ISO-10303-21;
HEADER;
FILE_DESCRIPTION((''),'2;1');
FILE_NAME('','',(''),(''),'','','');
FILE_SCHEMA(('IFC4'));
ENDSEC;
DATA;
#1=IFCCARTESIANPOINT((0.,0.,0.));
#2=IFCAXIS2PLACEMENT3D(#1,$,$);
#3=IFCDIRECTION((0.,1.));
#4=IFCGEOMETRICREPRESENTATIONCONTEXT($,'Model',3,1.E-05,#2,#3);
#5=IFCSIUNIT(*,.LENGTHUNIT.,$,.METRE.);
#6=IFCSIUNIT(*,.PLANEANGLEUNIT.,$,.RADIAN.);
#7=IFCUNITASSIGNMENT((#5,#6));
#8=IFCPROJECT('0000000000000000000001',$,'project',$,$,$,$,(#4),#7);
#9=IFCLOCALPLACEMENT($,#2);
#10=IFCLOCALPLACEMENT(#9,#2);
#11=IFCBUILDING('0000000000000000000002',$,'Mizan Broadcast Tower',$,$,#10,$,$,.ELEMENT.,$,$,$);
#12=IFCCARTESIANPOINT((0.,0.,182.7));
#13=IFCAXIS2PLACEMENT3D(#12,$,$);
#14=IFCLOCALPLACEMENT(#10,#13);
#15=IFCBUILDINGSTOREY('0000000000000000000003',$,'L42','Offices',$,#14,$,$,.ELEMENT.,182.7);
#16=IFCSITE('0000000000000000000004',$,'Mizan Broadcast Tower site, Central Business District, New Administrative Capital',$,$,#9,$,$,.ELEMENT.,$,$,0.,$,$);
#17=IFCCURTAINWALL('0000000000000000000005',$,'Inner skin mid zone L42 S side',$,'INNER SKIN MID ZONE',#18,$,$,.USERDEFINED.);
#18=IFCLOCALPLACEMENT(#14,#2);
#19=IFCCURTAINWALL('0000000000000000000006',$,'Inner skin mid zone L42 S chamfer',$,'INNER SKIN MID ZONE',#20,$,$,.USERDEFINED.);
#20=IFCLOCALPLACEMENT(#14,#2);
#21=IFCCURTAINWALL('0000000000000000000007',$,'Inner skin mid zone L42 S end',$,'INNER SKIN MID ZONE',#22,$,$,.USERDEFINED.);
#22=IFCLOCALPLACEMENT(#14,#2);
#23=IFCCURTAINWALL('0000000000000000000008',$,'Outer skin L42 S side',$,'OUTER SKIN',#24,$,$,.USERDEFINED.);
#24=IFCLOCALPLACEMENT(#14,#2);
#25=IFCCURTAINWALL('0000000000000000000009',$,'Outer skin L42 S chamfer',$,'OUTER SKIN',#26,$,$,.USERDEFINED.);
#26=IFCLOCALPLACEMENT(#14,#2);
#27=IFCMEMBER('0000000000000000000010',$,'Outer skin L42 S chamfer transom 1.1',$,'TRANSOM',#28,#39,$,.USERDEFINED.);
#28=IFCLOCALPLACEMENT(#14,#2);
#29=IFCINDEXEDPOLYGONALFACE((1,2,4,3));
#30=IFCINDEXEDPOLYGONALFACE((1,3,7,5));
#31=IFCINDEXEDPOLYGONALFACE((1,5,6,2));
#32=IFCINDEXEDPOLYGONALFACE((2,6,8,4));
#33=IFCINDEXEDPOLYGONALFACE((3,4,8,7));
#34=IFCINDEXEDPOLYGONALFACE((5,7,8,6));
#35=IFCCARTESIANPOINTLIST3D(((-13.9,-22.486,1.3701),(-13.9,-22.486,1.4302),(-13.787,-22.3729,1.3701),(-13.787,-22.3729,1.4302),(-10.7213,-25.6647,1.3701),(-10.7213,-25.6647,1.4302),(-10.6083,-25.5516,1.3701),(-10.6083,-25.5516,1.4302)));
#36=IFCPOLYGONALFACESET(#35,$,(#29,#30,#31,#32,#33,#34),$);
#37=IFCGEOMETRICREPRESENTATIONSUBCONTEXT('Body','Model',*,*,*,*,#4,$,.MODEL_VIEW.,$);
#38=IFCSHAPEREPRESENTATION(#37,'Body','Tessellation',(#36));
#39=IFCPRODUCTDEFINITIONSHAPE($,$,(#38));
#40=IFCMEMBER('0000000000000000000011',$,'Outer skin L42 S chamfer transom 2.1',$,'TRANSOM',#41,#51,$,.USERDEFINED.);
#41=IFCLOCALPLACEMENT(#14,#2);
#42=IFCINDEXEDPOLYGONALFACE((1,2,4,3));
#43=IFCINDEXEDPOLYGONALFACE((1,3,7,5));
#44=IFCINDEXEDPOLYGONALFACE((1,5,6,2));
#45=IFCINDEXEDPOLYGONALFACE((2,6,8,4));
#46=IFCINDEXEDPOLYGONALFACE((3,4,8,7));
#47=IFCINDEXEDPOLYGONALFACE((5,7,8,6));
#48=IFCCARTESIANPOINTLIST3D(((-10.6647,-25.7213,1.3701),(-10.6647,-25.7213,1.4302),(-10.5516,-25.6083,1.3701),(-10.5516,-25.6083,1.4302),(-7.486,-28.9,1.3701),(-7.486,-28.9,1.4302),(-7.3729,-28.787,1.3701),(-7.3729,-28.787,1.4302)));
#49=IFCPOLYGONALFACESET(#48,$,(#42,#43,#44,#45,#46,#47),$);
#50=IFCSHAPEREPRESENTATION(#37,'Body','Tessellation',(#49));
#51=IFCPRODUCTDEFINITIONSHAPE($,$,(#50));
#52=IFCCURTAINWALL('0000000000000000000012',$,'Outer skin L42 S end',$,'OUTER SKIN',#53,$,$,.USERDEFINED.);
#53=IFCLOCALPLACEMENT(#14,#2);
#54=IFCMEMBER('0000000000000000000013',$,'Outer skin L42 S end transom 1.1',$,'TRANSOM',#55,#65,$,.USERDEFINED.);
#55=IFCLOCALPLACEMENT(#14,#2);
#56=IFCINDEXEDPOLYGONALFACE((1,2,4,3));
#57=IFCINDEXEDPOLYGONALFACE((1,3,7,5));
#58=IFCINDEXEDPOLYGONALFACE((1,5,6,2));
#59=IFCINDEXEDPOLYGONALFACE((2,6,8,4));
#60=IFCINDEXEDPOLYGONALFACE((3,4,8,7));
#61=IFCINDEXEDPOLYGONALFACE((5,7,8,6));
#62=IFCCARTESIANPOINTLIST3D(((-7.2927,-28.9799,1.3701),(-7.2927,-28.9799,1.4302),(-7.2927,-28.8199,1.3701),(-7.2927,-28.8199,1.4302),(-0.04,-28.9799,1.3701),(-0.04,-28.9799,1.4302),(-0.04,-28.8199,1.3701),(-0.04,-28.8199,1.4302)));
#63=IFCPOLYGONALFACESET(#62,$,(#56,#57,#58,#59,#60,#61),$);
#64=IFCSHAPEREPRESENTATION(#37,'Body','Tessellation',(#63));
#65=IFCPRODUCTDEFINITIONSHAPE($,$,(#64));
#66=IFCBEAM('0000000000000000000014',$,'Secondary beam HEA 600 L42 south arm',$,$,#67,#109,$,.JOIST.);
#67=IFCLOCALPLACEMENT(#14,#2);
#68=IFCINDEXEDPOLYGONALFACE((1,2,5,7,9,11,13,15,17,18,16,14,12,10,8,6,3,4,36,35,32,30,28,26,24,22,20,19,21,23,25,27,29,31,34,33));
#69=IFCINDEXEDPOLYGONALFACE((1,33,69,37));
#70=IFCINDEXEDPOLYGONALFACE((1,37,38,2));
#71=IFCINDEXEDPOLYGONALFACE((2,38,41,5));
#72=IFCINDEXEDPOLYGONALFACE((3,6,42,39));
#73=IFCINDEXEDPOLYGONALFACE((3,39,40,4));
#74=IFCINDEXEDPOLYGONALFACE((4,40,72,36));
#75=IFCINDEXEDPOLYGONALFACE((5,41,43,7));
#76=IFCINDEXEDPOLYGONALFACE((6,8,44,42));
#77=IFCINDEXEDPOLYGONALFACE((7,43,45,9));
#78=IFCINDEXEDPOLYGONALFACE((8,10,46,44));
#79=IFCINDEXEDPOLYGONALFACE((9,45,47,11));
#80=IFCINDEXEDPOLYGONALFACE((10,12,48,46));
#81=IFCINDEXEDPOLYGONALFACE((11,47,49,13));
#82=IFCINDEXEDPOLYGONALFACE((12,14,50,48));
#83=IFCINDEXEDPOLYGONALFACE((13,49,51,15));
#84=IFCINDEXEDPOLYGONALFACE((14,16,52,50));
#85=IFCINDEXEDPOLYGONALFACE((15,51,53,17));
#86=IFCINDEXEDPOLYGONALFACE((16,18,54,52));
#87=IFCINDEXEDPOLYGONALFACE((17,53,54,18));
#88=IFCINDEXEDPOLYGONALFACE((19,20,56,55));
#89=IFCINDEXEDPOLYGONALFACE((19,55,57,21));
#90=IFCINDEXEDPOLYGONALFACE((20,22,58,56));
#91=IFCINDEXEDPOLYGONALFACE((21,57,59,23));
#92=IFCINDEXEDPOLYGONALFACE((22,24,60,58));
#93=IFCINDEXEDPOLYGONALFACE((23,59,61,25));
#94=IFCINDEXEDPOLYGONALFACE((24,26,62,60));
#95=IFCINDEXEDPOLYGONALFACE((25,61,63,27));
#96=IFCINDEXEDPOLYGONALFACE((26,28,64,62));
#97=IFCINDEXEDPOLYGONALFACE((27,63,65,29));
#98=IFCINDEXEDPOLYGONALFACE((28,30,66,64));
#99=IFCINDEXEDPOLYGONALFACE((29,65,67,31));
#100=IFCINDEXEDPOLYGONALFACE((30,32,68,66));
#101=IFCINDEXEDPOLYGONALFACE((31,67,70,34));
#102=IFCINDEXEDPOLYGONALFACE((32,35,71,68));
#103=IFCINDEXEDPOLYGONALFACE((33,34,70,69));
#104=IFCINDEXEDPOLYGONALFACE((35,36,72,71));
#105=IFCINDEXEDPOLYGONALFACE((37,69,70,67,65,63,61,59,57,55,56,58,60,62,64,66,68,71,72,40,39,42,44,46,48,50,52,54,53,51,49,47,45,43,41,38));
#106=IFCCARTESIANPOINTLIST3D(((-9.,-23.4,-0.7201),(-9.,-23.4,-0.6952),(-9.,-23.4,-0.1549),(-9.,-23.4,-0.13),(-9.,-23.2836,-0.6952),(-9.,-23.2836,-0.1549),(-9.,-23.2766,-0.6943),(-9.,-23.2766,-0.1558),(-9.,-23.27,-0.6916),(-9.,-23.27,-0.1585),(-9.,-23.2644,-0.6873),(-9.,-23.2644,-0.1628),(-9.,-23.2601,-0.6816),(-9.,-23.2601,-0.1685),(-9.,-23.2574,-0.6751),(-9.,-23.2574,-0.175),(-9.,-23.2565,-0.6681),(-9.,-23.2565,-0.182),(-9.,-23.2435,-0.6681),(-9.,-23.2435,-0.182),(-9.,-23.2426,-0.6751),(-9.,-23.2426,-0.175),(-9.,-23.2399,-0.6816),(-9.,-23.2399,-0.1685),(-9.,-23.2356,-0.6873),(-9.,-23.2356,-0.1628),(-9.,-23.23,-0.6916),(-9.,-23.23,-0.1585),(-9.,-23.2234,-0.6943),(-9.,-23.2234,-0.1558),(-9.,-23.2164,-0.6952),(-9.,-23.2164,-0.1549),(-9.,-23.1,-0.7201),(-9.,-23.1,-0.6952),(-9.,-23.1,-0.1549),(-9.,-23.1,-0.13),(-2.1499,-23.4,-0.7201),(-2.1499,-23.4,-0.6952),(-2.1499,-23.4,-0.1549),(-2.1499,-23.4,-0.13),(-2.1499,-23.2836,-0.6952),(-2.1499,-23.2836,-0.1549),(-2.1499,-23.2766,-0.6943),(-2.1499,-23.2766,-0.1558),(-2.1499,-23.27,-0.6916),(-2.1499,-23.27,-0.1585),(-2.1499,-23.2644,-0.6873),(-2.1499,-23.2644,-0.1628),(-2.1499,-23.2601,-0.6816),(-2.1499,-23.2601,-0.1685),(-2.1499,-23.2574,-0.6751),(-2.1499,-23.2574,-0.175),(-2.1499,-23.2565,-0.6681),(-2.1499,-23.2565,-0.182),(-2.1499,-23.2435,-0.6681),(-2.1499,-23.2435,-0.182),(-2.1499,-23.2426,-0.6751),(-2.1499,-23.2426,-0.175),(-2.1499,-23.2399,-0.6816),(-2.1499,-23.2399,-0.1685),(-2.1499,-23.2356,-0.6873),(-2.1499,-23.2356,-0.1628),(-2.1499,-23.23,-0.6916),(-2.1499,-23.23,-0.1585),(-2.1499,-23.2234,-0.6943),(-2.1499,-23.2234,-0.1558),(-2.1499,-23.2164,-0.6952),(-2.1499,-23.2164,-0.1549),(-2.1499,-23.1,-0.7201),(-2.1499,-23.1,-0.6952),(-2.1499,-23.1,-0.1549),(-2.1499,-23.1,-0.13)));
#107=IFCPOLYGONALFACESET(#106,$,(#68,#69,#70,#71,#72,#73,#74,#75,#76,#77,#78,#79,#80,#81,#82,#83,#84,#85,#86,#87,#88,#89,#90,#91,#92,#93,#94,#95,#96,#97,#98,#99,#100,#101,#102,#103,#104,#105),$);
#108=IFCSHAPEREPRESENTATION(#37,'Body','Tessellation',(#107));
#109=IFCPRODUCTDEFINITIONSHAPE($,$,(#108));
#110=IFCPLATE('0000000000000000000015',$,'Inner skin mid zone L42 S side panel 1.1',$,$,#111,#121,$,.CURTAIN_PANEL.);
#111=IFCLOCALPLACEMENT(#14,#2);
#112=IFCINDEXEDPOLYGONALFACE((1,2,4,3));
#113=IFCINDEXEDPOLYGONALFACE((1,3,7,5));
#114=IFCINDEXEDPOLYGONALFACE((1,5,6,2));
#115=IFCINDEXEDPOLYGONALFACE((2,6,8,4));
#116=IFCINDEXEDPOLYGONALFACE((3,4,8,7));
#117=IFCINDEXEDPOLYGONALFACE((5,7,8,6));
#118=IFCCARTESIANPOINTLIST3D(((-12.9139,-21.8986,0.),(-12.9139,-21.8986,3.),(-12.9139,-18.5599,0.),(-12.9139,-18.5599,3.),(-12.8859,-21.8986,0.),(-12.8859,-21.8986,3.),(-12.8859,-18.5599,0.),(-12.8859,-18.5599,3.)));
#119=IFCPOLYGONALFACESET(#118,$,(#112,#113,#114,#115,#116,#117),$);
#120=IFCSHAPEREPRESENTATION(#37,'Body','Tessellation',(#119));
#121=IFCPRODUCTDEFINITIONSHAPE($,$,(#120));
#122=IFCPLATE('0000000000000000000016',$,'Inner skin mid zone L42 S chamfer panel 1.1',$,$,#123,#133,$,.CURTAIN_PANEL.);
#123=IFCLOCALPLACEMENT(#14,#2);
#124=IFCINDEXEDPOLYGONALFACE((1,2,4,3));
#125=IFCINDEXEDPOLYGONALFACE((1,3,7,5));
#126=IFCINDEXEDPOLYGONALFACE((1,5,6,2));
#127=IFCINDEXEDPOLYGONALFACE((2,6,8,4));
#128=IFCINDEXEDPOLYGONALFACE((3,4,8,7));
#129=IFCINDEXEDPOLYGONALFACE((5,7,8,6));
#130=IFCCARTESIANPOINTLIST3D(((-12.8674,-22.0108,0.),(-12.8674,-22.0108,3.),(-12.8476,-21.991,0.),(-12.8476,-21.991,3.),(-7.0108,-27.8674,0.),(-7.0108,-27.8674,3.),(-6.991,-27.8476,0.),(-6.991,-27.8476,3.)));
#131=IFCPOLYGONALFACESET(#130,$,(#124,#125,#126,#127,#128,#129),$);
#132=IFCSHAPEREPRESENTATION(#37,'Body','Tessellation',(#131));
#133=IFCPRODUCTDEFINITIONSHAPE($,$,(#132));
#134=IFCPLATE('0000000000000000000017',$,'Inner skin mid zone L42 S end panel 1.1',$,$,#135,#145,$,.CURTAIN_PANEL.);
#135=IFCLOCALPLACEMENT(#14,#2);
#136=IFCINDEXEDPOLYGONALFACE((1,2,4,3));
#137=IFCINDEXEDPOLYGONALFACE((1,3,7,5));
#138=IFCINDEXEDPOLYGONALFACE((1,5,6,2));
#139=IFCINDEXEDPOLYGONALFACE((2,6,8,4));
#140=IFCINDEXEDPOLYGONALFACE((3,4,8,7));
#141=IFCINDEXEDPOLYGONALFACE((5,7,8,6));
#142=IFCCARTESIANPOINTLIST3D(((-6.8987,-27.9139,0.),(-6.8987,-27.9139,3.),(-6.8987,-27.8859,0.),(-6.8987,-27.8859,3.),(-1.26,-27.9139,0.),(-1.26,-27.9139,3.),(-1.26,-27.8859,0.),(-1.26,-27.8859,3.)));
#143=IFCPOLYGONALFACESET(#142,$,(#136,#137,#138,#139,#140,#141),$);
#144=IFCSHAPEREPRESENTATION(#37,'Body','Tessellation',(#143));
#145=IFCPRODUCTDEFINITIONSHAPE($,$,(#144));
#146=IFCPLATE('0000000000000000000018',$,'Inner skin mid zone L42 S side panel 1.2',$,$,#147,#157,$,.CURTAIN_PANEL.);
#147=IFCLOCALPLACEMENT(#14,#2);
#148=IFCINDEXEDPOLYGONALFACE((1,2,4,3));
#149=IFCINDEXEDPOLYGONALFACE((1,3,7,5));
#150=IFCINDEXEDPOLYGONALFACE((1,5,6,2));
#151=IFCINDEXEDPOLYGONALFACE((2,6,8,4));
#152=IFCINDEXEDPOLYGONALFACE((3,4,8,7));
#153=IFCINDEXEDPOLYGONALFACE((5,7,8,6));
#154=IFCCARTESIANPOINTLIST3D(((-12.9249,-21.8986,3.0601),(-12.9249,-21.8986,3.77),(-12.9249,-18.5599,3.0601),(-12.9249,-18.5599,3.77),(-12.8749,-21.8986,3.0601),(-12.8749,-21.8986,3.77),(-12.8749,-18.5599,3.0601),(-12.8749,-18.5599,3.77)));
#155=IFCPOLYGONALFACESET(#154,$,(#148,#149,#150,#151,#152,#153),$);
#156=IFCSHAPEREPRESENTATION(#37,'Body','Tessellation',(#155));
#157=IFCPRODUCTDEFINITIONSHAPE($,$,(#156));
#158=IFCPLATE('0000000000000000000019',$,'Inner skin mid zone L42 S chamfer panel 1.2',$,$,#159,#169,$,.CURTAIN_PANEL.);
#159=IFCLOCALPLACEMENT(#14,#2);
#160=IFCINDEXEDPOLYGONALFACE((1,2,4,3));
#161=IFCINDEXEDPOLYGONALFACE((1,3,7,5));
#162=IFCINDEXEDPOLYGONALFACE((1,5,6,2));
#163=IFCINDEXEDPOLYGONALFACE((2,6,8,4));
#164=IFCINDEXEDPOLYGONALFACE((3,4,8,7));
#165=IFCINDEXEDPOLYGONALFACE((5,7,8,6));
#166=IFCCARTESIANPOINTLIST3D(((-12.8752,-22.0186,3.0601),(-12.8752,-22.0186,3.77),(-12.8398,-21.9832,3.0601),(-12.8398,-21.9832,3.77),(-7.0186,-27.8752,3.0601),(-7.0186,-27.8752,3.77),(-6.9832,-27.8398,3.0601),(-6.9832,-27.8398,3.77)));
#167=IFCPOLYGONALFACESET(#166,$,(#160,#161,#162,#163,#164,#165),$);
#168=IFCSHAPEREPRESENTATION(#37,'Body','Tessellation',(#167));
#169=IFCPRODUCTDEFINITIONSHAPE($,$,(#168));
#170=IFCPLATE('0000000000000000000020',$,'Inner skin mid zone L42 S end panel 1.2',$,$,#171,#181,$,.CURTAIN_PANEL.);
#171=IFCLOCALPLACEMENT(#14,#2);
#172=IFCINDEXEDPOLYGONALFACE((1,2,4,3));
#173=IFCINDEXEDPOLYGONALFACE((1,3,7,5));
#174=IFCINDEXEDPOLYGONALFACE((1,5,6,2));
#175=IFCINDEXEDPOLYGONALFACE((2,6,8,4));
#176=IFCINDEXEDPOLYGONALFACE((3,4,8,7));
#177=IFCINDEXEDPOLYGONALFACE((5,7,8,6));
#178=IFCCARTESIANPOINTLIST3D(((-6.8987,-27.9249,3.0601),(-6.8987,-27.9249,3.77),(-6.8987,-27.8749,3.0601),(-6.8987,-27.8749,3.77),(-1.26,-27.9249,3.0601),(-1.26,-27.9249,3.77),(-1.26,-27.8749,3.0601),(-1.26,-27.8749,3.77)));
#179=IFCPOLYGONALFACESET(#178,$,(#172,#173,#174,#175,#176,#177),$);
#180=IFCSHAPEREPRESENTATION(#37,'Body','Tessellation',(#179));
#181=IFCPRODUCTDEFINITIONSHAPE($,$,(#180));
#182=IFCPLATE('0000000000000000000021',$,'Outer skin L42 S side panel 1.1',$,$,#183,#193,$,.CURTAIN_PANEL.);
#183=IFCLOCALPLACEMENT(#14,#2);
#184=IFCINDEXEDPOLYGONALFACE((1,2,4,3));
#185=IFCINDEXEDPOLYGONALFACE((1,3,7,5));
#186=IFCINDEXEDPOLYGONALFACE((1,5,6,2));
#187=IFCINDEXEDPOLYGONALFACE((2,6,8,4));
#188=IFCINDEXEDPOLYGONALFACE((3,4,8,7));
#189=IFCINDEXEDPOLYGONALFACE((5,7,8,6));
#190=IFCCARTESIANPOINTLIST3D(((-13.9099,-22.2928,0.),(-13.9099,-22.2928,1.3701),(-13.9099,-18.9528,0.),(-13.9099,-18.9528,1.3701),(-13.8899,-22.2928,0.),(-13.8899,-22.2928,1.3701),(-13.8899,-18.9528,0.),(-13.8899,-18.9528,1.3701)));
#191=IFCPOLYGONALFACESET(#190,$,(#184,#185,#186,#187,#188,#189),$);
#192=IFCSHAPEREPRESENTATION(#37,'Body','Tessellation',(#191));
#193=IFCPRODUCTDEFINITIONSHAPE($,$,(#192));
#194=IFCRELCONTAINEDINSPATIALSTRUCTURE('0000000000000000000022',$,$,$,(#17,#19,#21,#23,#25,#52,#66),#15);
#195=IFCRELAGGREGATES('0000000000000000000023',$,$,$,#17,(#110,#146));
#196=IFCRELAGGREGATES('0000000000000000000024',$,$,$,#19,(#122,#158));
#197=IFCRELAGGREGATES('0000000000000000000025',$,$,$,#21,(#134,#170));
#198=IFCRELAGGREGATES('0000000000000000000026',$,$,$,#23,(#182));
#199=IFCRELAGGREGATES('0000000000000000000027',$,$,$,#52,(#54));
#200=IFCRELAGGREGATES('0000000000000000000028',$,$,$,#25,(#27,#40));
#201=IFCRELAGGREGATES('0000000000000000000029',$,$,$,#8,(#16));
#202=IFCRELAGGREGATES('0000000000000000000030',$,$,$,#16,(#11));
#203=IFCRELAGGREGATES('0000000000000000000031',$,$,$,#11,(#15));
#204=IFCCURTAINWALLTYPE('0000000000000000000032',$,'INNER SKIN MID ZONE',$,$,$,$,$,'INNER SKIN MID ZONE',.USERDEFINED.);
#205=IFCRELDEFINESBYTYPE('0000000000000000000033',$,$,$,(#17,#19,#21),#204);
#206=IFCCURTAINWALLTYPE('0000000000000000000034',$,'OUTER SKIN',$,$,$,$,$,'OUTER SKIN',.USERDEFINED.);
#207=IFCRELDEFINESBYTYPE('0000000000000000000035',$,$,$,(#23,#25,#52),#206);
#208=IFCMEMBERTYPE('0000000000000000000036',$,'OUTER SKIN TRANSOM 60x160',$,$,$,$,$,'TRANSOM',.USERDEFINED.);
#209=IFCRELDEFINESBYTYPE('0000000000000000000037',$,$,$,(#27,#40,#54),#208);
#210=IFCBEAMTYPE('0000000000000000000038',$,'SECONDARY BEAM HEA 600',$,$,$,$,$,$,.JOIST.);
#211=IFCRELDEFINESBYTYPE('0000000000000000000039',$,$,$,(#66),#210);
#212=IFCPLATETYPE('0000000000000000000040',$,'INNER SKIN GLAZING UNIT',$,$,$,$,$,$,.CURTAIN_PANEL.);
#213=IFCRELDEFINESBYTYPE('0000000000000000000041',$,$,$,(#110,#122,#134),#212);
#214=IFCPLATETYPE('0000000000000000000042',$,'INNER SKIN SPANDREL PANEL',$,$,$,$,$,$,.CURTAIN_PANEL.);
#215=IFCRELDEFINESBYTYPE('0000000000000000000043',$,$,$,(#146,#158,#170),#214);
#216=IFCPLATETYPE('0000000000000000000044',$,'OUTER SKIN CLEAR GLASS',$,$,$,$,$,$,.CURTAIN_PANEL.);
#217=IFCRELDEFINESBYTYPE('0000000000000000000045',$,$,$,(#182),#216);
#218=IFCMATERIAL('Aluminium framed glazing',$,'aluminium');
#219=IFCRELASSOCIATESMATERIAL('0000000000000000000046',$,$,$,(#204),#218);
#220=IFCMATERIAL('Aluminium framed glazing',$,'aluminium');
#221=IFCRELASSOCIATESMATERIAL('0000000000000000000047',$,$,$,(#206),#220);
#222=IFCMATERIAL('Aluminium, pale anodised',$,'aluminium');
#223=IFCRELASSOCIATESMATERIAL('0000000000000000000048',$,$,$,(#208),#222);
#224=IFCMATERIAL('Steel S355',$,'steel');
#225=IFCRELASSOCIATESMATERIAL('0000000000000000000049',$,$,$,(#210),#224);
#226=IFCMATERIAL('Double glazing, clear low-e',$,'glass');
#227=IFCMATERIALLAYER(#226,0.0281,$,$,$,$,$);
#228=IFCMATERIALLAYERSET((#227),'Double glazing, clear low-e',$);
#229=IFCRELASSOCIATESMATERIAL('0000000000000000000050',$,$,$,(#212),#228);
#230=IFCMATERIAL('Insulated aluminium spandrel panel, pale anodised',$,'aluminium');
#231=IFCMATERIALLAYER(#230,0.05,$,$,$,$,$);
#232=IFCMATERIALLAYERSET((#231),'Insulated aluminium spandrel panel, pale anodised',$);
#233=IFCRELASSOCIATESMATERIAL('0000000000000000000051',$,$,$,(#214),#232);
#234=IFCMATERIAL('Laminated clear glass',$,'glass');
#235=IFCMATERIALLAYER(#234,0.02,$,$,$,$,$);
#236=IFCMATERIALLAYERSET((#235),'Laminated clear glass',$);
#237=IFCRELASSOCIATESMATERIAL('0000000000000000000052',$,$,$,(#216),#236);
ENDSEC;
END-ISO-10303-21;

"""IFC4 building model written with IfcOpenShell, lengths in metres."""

from ifc_helpers import new_model, si_unit, direction, frame, origin, origin_2d, place, context, subcontext, project, spatial, rectangle, i_section, extrude, material, layer, layer_set, material_profile, profile_set, type_object, element, aggregate, save


model = new_model("IFC4")

# Units and contexts
model_context = context("Model", 3, precision=1e-05, world=origin(), true_north=direction((0.0, 1.0)))
body_context = subcontext(model_context, "Body", "Model", "MODEL_VIEW")
ifc_project = project(units=[si_unit("LENGTHUNIT", "METRE"), si_unit("PLANEANGLEUNIT", "RADIAN")], contexts=[model_context])

# Site, building, storey
site_placement = place(None, origin())
site = spatial("IfcSite", under=ifc_project, at=site_placement, Name="Mizan Broadcast Tower site, Central Business District, New Administrative Capital", CompositionType="ELEMENT", RefElevation=0.0)
building_placement = place(site_placement, origin())
building = spatial("IfcBuilding", under=site, at=building_placement, Name="Mizan Broadcast Tower", CompositionType="ELEMENT")
storey_placement = place(building_placement, frame((0.0, 0.0, 182.7)))
storey = spatial("IfcBuildingStorey", under=building, at=storey_placement, Name="L42", Description="Offices", CompositionType="ELEMENT", Elevation=182.7)

# Curtain walls
ifc_material_1 = material(Name="Aluminium framed glazing", Category="aluminium")
curtain_wall_type_1 = type_object("IfcCurtainWallType", Name="INNER SKIN MID ZONE", ElementType="INNER SKIN MID ZONE", PredefinedType="USERDEFINED", material=ifc_material_1)
curtain_wall_1_placement = place(storey_placement, origin())
curtain_wall_1 = element("IfcCurtainWall", 1, at=curtain_wall_1_placement, inside=storey, type_object=curtain_wall_type_1, Name="Inner skin mid zone L42 S side", ObjectType="INNER SKIN MID ZONE", PredefinedType="USERDEFINED")
curtain_wall_2_placement = place(storey_placement, origin())
curtain_wall_2 = element("IfcCurtainWall", 2, at=curtain_wall_2_placement, inside=storey, type_object=curtain_wall_type_1, Name="Inner skin mid zone L42 S chamfer", ObjectType="INNER SKIN MID ZONE", PredefinedType="USERDEFINED")
curtain_wall_3_placement = place(storey_placement, origin())
curtain_wall_3 = element("IfcCurtainWall", 3, at=curtain_wall_3_placement, inside=storey, type_object=curtain_wall_type_1, Name="Inner skin mid zone L42 S end", ObjectType="INNER SKIN MID ZONE", PredefinedType="USERDEFINED")

# Curtain wall
ifc_material_2 = material(Name="Aluminium framed glazing", Category="aluminium")
curtain_wall_type_2 = type_object("IfcCurtainWallType", Name="OUTER SKIN", ElementType="OUTER SKIN", PredefinedType="USERDEFINED", material=ifc_material_2)
curtain_wall_4_placement = place(storey_placement, origin())
curtain_wall_4 = element("IfcCurtainWall", 4, at=curtain_wall_4_placement, inside=storey, type_object=curtain_wall_type_2, Name="Outer skin L42 S side", ObjectType="OUTER SKIN", PredefinedType="USERDEFINED")

# Curtain wall, members
curtain_wall_5_placement = place(storey_placement, origin())
curtain_wall_5 = element("IfcCurtainWall", 5, at=curtain_wall_5_placement, inside=storey, type_object=curtain_wall_type_2, Name="Outer skin L42 S chamfer", ObjectType="OUTER SKIN", PredefinedType="USERDEFINED")
ifc_material_3 = material(Name="Aluminium, pale anodised", Category="aluminium")
ifc_material_profile_1 = material_profile(ifc_material_3, rectangle(XDim=0.1599, YDim=0.0601, at=origin_2d()), Name="TRANSOM 160x60")
ifc_profile_set_1 = profile_set([ifc_material_profile_1], Name="Aluminium, pale anodised")
member_type_1 = type_object("IfcMemberType", Name="OUTER SKIN TRANSOM 60x160", ElementType="TRANSOM", PredefinedType="USERDEFINED", material=ifc_profile_set_1)
member_1_placement = place(storey_placement, frame((-13.8435, -22.4294, 1.4001), z_axis=(0.707107, -0.707107, 0.0), x_axis=(0.707107, 0.707107, 0.0)))
member_1 = element("IfcMember", 6, at=member_1_placement, type_object=member_type_1, Name="Outer skin L42 S chamfer transom 1.1", ObjectType="TRANSOM", PredefinedType="USERDEFINED", context=body_context, shape_type="SweptSolid", body=[
    extrude(rectangle(XDim=0.1599, YDim=0.0601, at=origin_2d()), origin(), (0.0, 0.0, 1.0), 4.4954),
])
member_2_placement = place(storey_placement, frame((-10.6082, -25.6648, 1.4001), z_axis=(0.707107, -0.707107, 0.0), x_axis=(0.707107, 0.707107, 0.0)))
member_2 = element("IfcMember", 7, at=member_2_placement, type_object=member_type_1, Name="Outer skin L42 S chamfer transom 2.1", ObjectType="TRANSOM", PredefinedType="USERDEFINED", context=body_context, shape_type="SweptSolid", body=[
    extrude(rectangle(XDim=0.1599, YDim=0.0601, at=origin_2d()), origin(), (0.0, 0.0, 1.0), 4.4954),
])

# Curtain wall, member
curtain_wall_6_placement = place(storey_placement, origin())
curtain_wall_6 = element("IfcCurtainWall", 8, at=curtain_wall_6_placement, inside=storey, type_object=curtain_wall_type_2, Name="Outer skin L42 S end", ObjectType="OUTER SKIN", PredefinedType="USERDEFINED")
member_3_placement = place(storey_placement, frame((-7.2927, -28.8999, 1.4001), z_axis=(1.0, 0.0, 0.0), x_axis=(0.0, 1.0, 0.0)))
member_3 = element("IfcMember", 9, at=member_3_placement, type_object=member_type_1, Name="Outer skin L42 S end transom 1.1", ObjectType="TRANSOM", PredefinedType="USERDEFINED", context=body_context, shape_type="SweptSolid", body=[
    extrude(rectangle(XDim=0.1599, YDim=0.0601, at=origin_2d()), origin(), (0.0, 0.0, 1.0), 7.2527),
])

# Beam
ifc_material_4 = material(Name="Steel S355", Category="steel")
ifc_material_profile_2 = material_profile(ifc_material_4, i_section(OverallWidth=0.3, OverallDepth=0.5901, WebThickness=0.0129, FlangeThickness=0.0249, FilletRadius=0.0271, at=origin_2d()), Name="HEA 600")
ifc_profile_set_2 = profile_set([ifc_material_profile_2], Name="Steel S355")
beam_type_1 = type_object("IfcBeamType", Name="SECONDARY BEAM HEA 600", PredefinedType="JOIST", material=ifc_profile_set_2)
beam_1_placement = place(storey_placement, frame((-9.0, -23.25, -0.425), z_axis=(1.0, 0.0, 0.0), x_axis=(0.0, 1.0, 0.0)))
element("IfcBeam", 10, at=beam_1_placement, inside=storey, type_object=beam_type_1, Name="Secondary beam HEA 600 L42 south arm", PredefinedType="JOIST", context=body_context, shape_type="SweptSolid", body=[
    extrude(i_section(OverallWidth=0.3, OverallDepth=0.5901, WebThickness=0.0129, FlangeThickness=0.0249, FilletRadius=0.0271, at=origin_2d()), origin(), (0.0, 0.0, 1.0), 6.8501),
])

# Plates
ifc_material_5 = material(Name="Double glazing, clear low-e", Category="glass")
ifc_layer_1 = layer(ifc_material_5, 0.0281)
ifc_layer_set_1 = layer_set([ifc_layer_1], Name="Double glazing, clear low-e")
plate_type_1 = type_object("IfcPlateType", Name="INNER SKIN GLAZING UNIT", PredefinedType="CURTAIN_PANEL", material=ifc_layer_set_1)
plate_1_placement = place(storey_placement, frame((-12.8999, -20.2292, 0.0), z_axis=(0.0, 0.0, 1.0), x_axis=(0.0, -1.0, 0.0)))
plate_1 = element("IfcPlate", 11, at=plate_1_placement, type_object=plate_type_1, Name="Inner skin mid zone L42 S side panel 1.1", PredefinedType="CURTAIN_PANEL", context=body_context, shape_type="SweptSolid", body=[
    extrude(rectangle(XDim=3.3386, YDim=0.0281, at=origin_2d()), origin(), (0.0, 0.0, 1.0), 3.0),
])
plate_2_placement = place(storey_placement, frame((-9.9292, -24.9292, 0.0), z_axis=(0.0, 0.0, 1.0), x_axis=(0.707107, -0.707107, 0.0)))
plate_2 = element("IfcPlate", 12, at=plate_2_placement, type_object=plate_type_1, Name="Inner skin mid zone L42 S chamfer panel 1.1", PredefinedType="CURTAIN_PANEL", context=body_context, shape_type="SweptSolid", body=[
    extrude(rectangle(XDim=8.2825, YDim=0.0281, at=origin_2d()), origin(), (0.0, 0.0, 1.0), 3.0),
])
plate_3_placement = place(storey_placement, frame((-4.0793, -27.8999, 0.0), z_axis=(0.0, 0.0, 1.0), x_axis=(1.0, 0.0, 0.0)))
plate_3 = element("IfcPlate", 13, at=plate_3_placement, type_object=plate_type_1, Name="Inner skin mid zone L42 S end panel 1.1", PredefinedType="CURTAIN_PANEL", context=body_context, shape_type="SweptSolid", body=[
    extrude(rectangle(XDim=5.6387, YDim=0.0281, at=origin_2d()), origin(), (0.0, 0.0, 1.0), 3.0),
])
ifc_material_6 = material(Name="Insulated aluminium spandrel panel, pale anodised", Category="aluminium")
ifc_layer_2 = layer(ifc_material_6, 0.05)
ifc_layer_set_2 = layer_set([ifc_layer_2], Name="Insulated aluminium spandrel panel, pale anodised")
plate_type_2 = type_object("IfcPlateType", Name="INNER SKIN SPANDREL PANEL", PredefinedType="CURTAIN_PANEL", material=ifc_layer_set_2)
plate_4_placement = place(storey_placement, frame((-12.8999, -20.2292, 3.0601), z_axis=(0.0, 0.0, 1.0), x_axis=(0.0, -1.0, 0.0)))
plate_4 = element("IfcPlate", 14, at=plate_4_placement, type_object=plate_type_2, Name="Inner skin mid zone L42 S side panel 1.2", PredefinedType="CURTAIN_PANEL", context=body_context, shape_type="SweptSolid", body=[
    extrude(rectangle(XDim=3.3386, YDim=0.05, at=origin_2d()), origin(), (0.0, 0.0, 1.0), 0.71),
])
aggregate(curtain_wall_1, [plate_1, plate_4])
plate_5_placement = place(storey_placement, frame((-9.9292, -24.9292, 3.0601), z_axis=(0.0, 0.0, 1.0), x_axis=(0.707107, -0.707107, 0.0)))
plate_5 = element("IfcPlate", 15, at=plate_5_placement, type_object=plate_type_2, Name="Inner skin mid zone L42 S chamfer panel 1.2", PredefinedType="CURTAIN_PANEL", context=body_context, shape_type="SweptSolid", body=[
    extrude(rectangle(XDim=8.2825, YDim=0.05, at=origin_2d()), origin(), (0.0, 0.0, 1.0), 0.71),
])
aggregate(curtain_wall_2, [plate_2, plate_5])
plate_6_placement = place(storey_placement, frame((-4.0793, -27.8999, 3.0601), z_axis=(0.0, 0.0, 1.0), x_axis=(1.0, 0.0, 0.0)))
plate_6 = element("IfcPlate", 16, at=plate_6_placement, type_object=plate_type_2, Name="Inner skin mid zone L42 S end panel 1.2", PredefinedType="CURTAIN_PANEL", context=body_context, shape_type="SweptSolid", body=[
    extrude(rectangle(XDim=5.6387, YDim=0.05, at=origin_2d()), origin(), (0.0, 0.0, 1.0), 0.71),
])
aggregate(curtain_wall_3, [plate_3, plate_6])
ifc_material_7 = material(Name="Laminated clear glass", Category="glass")
ifc_layer_3 = layer(ifc_material_7, 0.02)
ifc_layer_set_3 = layer_set([ifc_layer_3], Name="Laminated clear glass")
plate_type_3 = type_object("IfcPlateType", Name="OUTER SKIN CLEAR GLASS", PredefinedType="CURTAIN_PANEL", material=ifc_layer_set_3)
plate_7_placement = place(storey_placement, frame((-13.8999, -20.6228, 0.0), z_axis=(0.0, 0.0, 1.0), x_axis=(0.0, -1.0, 0.0)))
plate_7 = element("IfcPlate", 17, at=plate_7_placement, type_object=plate_type_3, Name="Outer skin L42 S side panel 1.1", PredefinedType="CURTAIN_PANEL", context=body_context, shape_type="SweptSolid", body=[
    extrude(rectangle(XDim=3.3401, YDim=0.02, at=origin_2d()), origin(), (0.0, 0.0, 1.0), 1.3701),
])
aggregate(curtain_wall_4, [plate_7])
aggregate(curtain_wall_6, [member_3])
aggregate(curtain_wall_5, [member_1, member_2])

save(model, "model.ifc")
